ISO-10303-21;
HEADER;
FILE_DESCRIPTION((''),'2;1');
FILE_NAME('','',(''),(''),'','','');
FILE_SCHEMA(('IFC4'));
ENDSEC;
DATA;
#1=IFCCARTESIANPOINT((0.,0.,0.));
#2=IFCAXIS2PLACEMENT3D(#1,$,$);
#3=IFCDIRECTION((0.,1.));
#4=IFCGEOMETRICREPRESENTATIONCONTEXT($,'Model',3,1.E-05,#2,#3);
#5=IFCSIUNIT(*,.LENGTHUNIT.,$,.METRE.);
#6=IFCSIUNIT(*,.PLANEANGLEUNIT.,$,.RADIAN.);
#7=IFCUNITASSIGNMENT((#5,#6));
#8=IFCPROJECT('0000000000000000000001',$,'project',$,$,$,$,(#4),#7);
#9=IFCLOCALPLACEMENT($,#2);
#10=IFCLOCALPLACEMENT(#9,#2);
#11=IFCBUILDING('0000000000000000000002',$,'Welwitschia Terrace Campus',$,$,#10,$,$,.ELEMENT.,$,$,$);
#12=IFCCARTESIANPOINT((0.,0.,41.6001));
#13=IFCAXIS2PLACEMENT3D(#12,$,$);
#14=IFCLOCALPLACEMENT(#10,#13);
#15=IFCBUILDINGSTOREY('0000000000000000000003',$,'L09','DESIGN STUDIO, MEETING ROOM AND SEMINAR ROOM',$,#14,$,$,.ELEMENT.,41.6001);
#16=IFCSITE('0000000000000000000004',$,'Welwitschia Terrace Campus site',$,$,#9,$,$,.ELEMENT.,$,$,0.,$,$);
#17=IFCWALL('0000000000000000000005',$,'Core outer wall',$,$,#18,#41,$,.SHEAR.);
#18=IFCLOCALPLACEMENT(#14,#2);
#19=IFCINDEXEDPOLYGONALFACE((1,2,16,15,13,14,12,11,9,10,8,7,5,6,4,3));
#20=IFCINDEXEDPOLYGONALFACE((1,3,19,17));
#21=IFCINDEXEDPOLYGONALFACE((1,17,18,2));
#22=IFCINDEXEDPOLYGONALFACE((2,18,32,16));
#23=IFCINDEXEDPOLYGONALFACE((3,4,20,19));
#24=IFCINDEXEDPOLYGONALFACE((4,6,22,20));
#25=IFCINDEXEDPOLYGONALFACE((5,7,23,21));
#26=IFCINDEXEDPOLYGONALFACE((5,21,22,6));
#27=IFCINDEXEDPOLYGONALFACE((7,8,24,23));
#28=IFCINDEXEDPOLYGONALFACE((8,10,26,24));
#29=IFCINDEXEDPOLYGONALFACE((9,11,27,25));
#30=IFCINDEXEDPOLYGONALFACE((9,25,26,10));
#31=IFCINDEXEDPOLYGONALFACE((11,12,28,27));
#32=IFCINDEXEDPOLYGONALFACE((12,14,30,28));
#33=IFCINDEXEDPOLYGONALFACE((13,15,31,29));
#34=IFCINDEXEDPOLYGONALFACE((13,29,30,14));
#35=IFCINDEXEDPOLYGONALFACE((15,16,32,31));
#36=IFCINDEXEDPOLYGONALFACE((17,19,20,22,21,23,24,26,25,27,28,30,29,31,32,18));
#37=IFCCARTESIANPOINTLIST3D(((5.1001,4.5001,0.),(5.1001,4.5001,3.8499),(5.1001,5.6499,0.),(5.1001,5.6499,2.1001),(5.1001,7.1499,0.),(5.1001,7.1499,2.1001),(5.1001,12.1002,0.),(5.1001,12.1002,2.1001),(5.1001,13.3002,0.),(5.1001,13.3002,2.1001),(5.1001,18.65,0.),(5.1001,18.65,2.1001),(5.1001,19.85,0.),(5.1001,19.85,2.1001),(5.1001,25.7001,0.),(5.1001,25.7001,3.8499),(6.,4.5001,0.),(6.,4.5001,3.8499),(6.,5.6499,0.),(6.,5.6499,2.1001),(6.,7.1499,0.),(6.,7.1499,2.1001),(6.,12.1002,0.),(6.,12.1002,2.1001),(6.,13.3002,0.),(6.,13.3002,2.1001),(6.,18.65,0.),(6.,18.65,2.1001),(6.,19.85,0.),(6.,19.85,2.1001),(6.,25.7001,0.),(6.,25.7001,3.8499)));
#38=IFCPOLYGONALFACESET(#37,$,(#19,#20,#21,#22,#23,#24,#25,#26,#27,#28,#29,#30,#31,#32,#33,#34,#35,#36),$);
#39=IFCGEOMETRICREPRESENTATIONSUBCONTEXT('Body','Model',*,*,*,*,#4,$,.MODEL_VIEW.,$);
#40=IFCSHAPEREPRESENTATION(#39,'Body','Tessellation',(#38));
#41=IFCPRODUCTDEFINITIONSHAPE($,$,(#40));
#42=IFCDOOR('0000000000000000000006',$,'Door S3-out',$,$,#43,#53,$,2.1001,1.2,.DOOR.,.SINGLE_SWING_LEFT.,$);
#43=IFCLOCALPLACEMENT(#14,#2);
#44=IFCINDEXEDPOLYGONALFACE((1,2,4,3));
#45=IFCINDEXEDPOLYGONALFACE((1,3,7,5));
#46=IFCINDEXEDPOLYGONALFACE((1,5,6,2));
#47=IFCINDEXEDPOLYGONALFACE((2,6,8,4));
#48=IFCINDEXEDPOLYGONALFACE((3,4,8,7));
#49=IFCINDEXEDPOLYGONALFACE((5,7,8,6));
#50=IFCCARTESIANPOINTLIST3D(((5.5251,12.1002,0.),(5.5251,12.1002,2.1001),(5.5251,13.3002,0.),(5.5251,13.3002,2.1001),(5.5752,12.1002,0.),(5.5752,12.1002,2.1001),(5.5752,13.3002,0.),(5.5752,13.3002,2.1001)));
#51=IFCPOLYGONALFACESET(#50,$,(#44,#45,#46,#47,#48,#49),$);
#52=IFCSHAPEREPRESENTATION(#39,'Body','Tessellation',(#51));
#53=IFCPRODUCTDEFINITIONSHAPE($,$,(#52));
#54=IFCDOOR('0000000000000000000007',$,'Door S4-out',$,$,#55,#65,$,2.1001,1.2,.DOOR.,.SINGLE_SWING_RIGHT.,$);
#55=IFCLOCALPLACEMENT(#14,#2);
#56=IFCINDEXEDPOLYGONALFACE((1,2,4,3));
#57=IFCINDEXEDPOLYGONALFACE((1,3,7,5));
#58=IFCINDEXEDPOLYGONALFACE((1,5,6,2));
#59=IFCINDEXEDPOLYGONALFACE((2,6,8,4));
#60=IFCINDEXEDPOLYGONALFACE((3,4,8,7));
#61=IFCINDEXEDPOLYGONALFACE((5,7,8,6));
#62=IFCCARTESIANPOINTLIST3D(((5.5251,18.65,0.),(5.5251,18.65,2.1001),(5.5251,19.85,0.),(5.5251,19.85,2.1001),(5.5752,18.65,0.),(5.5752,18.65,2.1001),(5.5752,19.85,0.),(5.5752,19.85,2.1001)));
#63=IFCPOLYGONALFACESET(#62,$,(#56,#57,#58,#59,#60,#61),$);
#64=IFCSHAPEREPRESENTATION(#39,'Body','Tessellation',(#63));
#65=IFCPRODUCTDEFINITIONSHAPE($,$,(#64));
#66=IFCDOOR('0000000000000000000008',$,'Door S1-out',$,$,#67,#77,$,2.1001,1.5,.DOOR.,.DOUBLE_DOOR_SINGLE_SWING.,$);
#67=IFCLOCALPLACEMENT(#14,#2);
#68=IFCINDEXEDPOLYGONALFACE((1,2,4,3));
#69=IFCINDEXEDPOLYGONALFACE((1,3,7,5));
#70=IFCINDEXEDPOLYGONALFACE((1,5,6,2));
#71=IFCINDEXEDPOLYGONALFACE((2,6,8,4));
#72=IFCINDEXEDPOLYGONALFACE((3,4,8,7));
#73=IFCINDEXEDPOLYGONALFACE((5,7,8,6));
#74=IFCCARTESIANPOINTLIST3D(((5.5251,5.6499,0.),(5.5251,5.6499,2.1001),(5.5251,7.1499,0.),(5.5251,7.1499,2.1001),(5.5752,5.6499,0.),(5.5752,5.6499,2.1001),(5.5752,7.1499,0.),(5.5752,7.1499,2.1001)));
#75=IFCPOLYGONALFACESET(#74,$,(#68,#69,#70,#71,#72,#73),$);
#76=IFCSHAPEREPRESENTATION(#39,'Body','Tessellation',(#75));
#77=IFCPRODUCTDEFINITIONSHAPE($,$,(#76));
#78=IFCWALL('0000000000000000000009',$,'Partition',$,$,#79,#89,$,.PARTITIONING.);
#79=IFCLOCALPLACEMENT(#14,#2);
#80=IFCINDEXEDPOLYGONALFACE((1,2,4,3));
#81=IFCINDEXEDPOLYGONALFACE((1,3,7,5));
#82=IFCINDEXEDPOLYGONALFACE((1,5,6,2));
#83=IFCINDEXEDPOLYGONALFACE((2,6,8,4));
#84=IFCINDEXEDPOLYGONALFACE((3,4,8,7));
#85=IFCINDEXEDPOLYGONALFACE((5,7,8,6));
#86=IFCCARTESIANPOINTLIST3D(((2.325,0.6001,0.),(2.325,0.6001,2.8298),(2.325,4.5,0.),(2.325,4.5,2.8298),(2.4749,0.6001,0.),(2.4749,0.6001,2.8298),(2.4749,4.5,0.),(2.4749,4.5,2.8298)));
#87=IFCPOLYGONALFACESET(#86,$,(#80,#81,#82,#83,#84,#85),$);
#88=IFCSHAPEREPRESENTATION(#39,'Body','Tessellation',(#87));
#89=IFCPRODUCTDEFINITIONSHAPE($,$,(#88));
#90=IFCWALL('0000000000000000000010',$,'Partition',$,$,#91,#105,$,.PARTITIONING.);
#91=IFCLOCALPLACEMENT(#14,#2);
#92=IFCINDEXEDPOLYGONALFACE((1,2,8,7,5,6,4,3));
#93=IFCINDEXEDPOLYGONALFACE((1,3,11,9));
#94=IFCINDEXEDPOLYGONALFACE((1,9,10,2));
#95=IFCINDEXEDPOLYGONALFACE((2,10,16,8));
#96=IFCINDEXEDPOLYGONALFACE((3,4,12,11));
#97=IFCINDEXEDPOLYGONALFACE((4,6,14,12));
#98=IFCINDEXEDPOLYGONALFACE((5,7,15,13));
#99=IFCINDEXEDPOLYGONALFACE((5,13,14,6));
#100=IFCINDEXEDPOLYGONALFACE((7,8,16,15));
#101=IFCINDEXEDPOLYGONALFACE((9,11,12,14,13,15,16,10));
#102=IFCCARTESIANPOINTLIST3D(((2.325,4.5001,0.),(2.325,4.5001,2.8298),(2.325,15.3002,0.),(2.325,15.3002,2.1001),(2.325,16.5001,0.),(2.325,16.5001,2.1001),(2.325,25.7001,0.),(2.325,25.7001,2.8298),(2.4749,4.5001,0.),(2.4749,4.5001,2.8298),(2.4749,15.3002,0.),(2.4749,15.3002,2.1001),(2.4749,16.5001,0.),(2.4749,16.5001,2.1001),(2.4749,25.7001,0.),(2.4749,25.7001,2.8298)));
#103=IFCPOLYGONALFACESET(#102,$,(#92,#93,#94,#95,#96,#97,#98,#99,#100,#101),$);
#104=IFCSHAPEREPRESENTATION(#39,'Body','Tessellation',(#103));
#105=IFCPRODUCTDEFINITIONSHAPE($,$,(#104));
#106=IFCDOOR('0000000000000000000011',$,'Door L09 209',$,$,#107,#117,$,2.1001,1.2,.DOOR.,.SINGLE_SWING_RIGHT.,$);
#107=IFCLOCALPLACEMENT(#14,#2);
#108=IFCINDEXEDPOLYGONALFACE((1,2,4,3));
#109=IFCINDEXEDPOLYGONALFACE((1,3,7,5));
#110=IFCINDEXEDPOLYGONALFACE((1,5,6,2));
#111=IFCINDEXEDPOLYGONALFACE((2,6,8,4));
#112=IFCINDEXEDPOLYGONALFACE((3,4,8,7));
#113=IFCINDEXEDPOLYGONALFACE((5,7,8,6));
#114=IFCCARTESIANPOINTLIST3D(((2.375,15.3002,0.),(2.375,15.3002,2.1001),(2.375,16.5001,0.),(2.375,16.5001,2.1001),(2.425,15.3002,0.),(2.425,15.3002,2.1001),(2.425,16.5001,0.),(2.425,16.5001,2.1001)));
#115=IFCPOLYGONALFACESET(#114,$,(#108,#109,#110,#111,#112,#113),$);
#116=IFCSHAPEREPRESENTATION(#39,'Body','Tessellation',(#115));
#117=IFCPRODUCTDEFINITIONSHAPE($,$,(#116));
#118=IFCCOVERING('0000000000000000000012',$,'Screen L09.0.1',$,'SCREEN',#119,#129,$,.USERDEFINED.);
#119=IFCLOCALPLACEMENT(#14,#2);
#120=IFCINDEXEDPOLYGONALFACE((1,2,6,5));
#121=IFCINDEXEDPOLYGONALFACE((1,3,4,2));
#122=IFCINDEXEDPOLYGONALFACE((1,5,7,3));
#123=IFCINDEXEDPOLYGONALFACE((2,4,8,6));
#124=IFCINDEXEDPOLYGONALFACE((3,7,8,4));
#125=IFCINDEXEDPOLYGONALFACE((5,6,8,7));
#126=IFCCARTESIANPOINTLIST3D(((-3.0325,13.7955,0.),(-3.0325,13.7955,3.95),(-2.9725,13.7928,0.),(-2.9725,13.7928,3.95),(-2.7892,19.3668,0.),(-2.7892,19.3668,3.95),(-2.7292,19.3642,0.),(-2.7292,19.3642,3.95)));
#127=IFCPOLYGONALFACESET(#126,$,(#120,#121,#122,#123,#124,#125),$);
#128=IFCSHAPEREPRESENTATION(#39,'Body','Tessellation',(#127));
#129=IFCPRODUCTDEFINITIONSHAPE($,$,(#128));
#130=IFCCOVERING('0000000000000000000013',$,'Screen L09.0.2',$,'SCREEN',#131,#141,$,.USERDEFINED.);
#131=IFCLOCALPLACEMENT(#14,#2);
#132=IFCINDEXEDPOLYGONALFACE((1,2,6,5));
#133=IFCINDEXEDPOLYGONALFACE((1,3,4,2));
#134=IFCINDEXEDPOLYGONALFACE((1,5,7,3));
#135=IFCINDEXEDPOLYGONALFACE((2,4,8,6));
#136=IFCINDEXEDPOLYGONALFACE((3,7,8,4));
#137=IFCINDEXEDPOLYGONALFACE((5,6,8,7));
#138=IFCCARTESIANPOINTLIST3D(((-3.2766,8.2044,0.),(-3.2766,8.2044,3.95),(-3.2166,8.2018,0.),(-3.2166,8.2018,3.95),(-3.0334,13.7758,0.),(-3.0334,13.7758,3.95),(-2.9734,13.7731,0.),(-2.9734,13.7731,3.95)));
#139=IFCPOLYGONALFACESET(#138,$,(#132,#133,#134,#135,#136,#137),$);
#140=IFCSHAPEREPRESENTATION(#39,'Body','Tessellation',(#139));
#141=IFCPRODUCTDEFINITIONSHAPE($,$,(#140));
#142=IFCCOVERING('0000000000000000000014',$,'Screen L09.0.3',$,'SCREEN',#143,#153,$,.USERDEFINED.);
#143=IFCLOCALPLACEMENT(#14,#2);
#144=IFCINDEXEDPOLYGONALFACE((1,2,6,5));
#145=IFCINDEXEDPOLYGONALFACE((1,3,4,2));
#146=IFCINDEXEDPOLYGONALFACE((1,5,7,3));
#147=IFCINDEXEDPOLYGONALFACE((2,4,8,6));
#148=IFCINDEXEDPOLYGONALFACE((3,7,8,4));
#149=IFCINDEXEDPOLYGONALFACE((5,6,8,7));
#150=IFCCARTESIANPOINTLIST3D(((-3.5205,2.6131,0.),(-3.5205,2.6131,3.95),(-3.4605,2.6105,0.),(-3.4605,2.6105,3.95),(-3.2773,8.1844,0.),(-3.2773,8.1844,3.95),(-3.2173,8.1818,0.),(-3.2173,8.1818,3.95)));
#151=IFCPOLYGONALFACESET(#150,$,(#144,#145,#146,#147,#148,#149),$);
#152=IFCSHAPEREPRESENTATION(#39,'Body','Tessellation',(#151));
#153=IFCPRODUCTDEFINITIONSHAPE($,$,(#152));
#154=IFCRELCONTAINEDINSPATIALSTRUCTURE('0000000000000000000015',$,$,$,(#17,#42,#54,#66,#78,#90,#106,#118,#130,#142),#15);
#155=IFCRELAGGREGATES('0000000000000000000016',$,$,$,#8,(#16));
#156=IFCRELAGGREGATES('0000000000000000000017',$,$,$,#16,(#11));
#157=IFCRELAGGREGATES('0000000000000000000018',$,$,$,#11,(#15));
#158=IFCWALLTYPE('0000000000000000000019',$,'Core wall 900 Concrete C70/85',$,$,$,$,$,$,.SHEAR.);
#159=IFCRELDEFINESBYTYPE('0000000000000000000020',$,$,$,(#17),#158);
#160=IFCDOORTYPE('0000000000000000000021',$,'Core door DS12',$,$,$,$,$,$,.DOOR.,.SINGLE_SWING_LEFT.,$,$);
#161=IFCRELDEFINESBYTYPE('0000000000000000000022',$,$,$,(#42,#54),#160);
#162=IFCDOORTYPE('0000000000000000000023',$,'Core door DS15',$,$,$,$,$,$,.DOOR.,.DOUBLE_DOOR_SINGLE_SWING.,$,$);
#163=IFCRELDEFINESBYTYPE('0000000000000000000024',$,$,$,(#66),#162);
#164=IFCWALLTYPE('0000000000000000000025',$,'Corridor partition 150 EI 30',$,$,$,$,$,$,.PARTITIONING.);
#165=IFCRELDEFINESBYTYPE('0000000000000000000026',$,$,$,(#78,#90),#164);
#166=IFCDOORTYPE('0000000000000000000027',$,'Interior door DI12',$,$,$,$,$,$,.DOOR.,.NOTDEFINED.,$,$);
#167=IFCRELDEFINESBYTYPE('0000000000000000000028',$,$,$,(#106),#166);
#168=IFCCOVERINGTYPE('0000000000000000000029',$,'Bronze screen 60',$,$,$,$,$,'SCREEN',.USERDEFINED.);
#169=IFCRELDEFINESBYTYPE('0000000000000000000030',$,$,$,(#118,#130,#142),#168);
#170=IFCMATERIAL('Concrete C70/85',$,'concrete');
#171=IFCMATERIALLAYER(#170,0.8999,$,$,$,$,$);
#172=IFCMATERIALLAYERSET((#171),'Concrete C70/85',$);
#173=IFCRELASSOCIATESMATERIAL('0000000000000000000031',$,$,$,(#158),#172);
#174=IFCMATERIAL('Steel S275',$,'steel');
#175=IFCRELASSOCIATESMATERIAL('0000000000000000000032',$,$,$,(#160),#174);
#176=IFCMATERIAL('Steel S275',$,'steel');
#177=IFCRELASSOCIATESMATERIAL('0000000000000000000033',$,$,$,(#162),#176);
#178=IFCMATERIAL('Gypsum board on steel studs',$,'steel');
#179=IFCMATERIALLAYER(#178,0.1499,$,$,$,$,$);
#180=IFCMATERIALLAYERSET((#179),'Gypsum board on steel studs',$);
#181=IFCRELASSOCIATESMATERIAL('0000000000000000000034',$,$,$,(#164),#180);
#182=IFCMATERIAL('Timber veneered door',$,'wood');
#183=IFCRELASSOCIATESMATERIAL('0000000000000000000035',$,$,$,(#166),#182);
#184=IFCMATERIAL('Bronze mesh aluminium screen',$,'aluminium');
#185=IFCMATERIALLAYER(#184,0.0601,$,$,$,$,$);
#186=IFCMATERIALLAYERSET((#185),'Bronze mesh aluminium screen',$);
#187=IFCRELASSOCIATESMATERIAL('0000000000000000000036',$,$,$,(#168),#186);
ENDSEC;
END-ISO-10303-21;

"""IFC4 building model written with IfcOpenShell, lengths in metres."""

from ifc_helpers import new_model, si_unit, direction, frame, frame_2d, origin, origin_2d, place, context, subcontext, project, spatial, rectangle, extrude, material, layer, layer_set, type_object, element, fill, save


model = new_model("IFC4")

# Units and contexts
model_context = context("Model", 3, precision=1e-05, world=origin(), true_north=direction((0.0, 1.0)))
body_context = subcontext(model_context, "Body", "Model", "MODEL_VIEW")
ifc_project = project(units=[si_unit("LENGTHUNIT", "METRE"), si_unit("PLANEANGLEUNIT", "RADIAN")], contexts=[model_context])

# Site, building, storey
site_placement = place(None, origin())
site = spatial("IfcSite", under=ifc_project, at=site_placement, Name="Welwitschia Terrace Campus site", CompositionType="ELEMENT", RefElevation=0.0)
building_placement = place(site_placement, origin())
building = spatial("IfcBuilding", under=site, at=building_placement, Name="Welwitschia Terrace Campus", CompositionType="ELEMENT")
storey_placement = place(building_placement, frame((0.0, 0.0, 41.6001)))
storey = spatial("IfcBuildingStorey", under=building, at=storey_placement, Name="L09", Description="DESIGN STUDIO, MEETING ROOM AND SEMINAR ROOM", CompositionType="ELEMENT", Elevation=41.6001)

# Wall, openings, doors
ifc_material_1 = material(Name="Concrete C70/85", Category="concrete")
ifc_layer_1 = layer(ifc_material_1, 0.8999)
ifc_layer_set_1 = layer_set([ifc_layer_1], Name="Concrete C70/85")
wall_type_1 = type_object("IfcWallType", Name="Core wall 900 Concrete C70/85", PredefinedType="SHEAR", material=ifc_layer_set_1)
wall_1_placement = place(storey_placement, frame((5.55, 4.5, 0.0), z_axis=(0.0, 0.0, 1.0), x_axis=(0.0, 1.0, 0.0)))
wall_1 = element("IfcWall", 1, at=wall_1_placement, inside=storey, type_object=wall_type_1, Name="Core outer wall", PredefinedType="SHEAR", context=body_context, shape_type="SweptSolid", body=[
    extrude(rectangle(XDim=21.2, YDim=0.8999, at=frame_2d((10.6001, 0.0))), origin(), (0.0, 0.0, 1.0), 3.8499),
])
opening_1_placement = place(wall_1_placement, frame((1.1499, 0.0, 0.0)))
opening_1 = element("IfcOpeningElement", 2, at=opening_1_placement, cuts=wall_1, PredefinedType="OPENING", context=body_context, shape_type="SweptSolid", body=[
    extrude(rectangle(XDim=1.5, YDim=2.1001, at=frame_2d((0.75, 1.05))), frame((0.0, 0.46, 0.0), z_axis=(0.0, -1.0, 0.0), x_axis=(1.0, 0.0, 0.0)), (0.0, 0.0, 1.0), 0.9199),
])
opening_2_placement = place(wall_1_placement, frame((7.6001, 0.0, 0.0)))
opening_2 = element("IfcOpeningElement", 3, at=opening_2_placement, cuts=wall_1, PredefinedType="OPENING", context=body_context, shape_type="SweptSolid", body=[
    extrude(rectangle(XDim=1.2, YDim=2.1001, at=frame_2d((0.6001, 1.05))), frame((0.0, 0.46, 0.0), z_axis=(0.0, -1.0, 0.0), x_axis=(1.0, 0.0, 0.0)), (0.0, 0.0, 1.0), 0.9199),
])
opening_3_placement = place(wall_1_placement, frame((14.1499, 0.0, 0.0)))
opening_3 = element("IfcOpeningElement", 4, at=opening_3_placement, cuts=wall_1, PredefinedType="OPENING", context=body_context, shape_type="SweptSolid", body=[
    extrude(rectangle(XDim=1.2, YDim=2.1001, at=frame_2d((0.6001, 1.05))), frame((0.0, 0.46, 0.0), z_axis=(0.0, -1.0, 0.0), x_axis=(1.0, 0.0, 0.0)), (0.0, 0.0, 1.0), 0.9199),
])
ifc_material_2 = material(Name="Steel S275", Category="steel")
door_type_1 = type_object("IfcDoorType", Name="Core door DS12", OperationType="SINGLE_SWING_LEFT", PredefinedType="DOOR", material=ifc_material_2)
door_1_placement = place(opening_2_placement, origin())
door_1 = element("IfcDoor", 5, at=door_1_placement, inside=storey, type_object=door_type_1, Name="Door S3-out", OperationType="SINGLE_SWING_LEFT", OverallHeight=2.1001, OverallWidth=1.2, PredefinedType="DOOR", context=body_context, shape_type="SweptSolid", body=[
    extrude(rectangle(XDim=1.2, YDim=2.1001, at=frame_2d((0.6001, 1.05))), frame((0.0, 0.0249, 0.0), z_axis=(0.0, -1.0, 0.0), x_axis=(1.0, 0.0, 0.0)), (0.0, 0.0, 1.0), 0.05),
])
fill(opening_2, door_1)
door_2_placement = place(opening_3_placement, origin())
door_2 = element("IfcDoor", 6, at=door_2_placement, inside=storey, type_object=door_type_1, Name="Door S4-out", OperationType="SINGLE_SWING_RIGHT", OverallHeight=2.1001, OverallWidth=1.2, PredefinedType="DOOR", context=body_context, shape_type="SweptSolid", body=[
    extrude(rectangle(XDim=1.2, YDim=2.1001, at=frame_2d((0.6001, 1.05))), frame((0.0, 0.0249, 0.0), z_axis=(0.0, -1.0, 0.0), x_axis=(1.0, 0.0, 0.0)), (0.0, 0.0, 1.0), 0.05),
])
fill(opening_3, door_2)
ifc_material_3 = material(Name="Steel S275", Category="steel")
door_type_2 = type_object("IfcDoorType", Name="Core door DS15", OperationType="DOUBLE_DOOR_SINGLE_SWING", PredefinedType="DOOR", material=ifc_material_3)
door_3_placement = place(opening_1_placement, origin())
door_3 = element("IfcDoor", 7, at=door_3_placement, inside=storey, type_object=door_type_2, Name="Door S1-out", OperationType="DOUBLE_DOOR_SINGLE_SWING", OverallHeight=2.1001, OverallWidth=1.5, PredefinedType="DOOR", context=body_context, shape_type="SweptSolid", body=[
    extrude(rectangle(XDim=1.5, YDim=2.1001, at=frame_2d((0.75, 1.05))), frame((0.0, 0.0249, 0.0), z_axis=(0.0, -1.0, 0.0), x_axis=(1.0, 0.0, 0.0)), (0.0, 0.0, 1.0), 0.05),
])
fill(opening_1, door_3)

# Wall
ifc_material_4 = material(Name="Gypsum board on steel studs", Category="steel")
ifc_layer_2 = layer(ifc_material_4, 0.1499)
ifc_layer_set_2 = layer_set([ifc_layer_2], Name="Gypsum board on steel studs")
wall_type_2 = type_object("IfcWallType", Name="Corridor partition 150 EI 30", PredefinedType="PARTITIONING", material=ifc_layer_set_2)
wall_2_placement = place(storey_placement, frame((2.3999, 0.6001, 0.0), z_axis=(0.0, 0.0, 1.0), x_axis=(0.0, 1.0, 0.0)))
element("IfcWall", 8, at=wall_2_placement, inside=storey, type_object=wall_type_2, Name="Partition", PredefinedType="PARTITIONING", context=body_context, shape_type="SweptSolid", body=[
    extrude(rectangle(XDim=3.8999, YDim=0.1499, at=frame_2d((1.95, 0.0))), origin(), (0.0, 0.0, 1.0), 2.8298),
])

# Wall, opening, door
wall_3_placement = place(storey_placement, frame((2.3999, 4.5, 0.0), z_axis=(0.0, 0.0, 1.0), x_axis=(0.0, 1.0, 0.0)))
wall_3 = element("IfcWall", 9, at=wall_3_placement, inside=storey, type_object=wall_type_2, Name="Partition", PredefinedType="PARTITIONING", context=body_context, shape_type="SweptSolid", body=[
    extrude(rectangle(XDim=21.2, YDim=0.1499, at=frame_2d((10.6001, 0.0))), origin(), (0.0, 0.0, 1.0), 2.8298),
])
opening_4_placement = place(wall_3_placement, frame((10.8, 0.0, 0.0)))
opening_4 = element("IfcOpeningElement", 10, at=opening_4_placement, cuts=wall_3, PredefinedType="OPENING", context=body_context, shape_type="SweptSolid", body=[
    extrude(rectangle(XDim=1.2, YDim=2.1001, at=frame_2d((0.6001, 1.05))), frame((0.0, 0.085, 0.0), z_axis=(0.0, -1.0, 0.0), x_axis=(1.0, 0.0, 0.0)), (0.0, 0.0, 1.0), 0.1699),
])
ifc_material_5 = material(Name="Timber veneered door", Category="wood")
door_type_3 = type_object("IfcDoorType", Name="Interior door DI12", OperationType="NOTDEFINED", PredefinedType="DOOR", material=ifc_material_5)
door_4_placement = place(opening_4_placement, origin())
door_4 = element("IfcDoor", 11, at=door_4_placement, inside=storey, type_object=door_type_3, Name="Door L09 209", OperationType="SINGLE_SWING_RIGHT", OverallHeight=2.1001, OverallWidth=1.2, PredefinedType="DOOR", context=body_context, shape_type="SweptSolid", body=[
    extrude(rectangle(XDim=1.2, YDim=2.1001, at=frame_2d((0.6001, 1.05))), frame((0.0, 0.0249, 0.0), z_axis=(0.0, -1.0, 0.0), x_axis=(1.0, 0.0, 0.0)), (0.0, 0.0, 1.0), 0.05),
])
fill(opening_4, door_4)

# Coverings
ifc_material_6 = material(Name="Bronze mesh aluminium screen", Category="aluminium")
ifc_layer_3 = layer(ifc_material_6, 0.0601)
ifc_layer_set_3 = layer_set([ifc_layer_3], Name="Bronze mesh aluminium screen")
covering_type = type_object("IfcCoveringType", Name="Bronze screen 60", ElementType="SCREEN", PredefinedType="USERDEFINED", material=ifc_layer_set_3)
for number, where, z_axis, x_axis, name in (
    (12, (-2.8809, 16.5798, 0.0), (0.0, 0.0, 1.0), (-0.043619, -0.999048, 0.0), "Screen L09.0.1"),
    (13, (-3.125, 10.9888, 0.0), (0.0, 0.0, 1.0), (-0.043619, -0.999048, 0.0), "Screen L09.0.2"),
    (14, (-3.3689, 5.3975, 0.0), (0.0, 0.0, 1.0), (-0.043619, -0.999048, 0.0), "Screen L09.0.3"),
):
    element("IfcCovering", number, at=place(storey_placement, frame(where, z_axis=z_axis, x_axis=x_axis)), inside=storey, type_object=covering_type, Name=name, ObjectType="SCREEN", PredefinedType="USERDEFINED", context=body_context, shape_type="SweptSolid", body=[
        extrude(rectangle(XDim=5.5767, YDim=0.0601, at=origin_2d()), origin(), (0.0, 0.0, 1.0), 3.95),
    ])

save(model, "model.ifc")
